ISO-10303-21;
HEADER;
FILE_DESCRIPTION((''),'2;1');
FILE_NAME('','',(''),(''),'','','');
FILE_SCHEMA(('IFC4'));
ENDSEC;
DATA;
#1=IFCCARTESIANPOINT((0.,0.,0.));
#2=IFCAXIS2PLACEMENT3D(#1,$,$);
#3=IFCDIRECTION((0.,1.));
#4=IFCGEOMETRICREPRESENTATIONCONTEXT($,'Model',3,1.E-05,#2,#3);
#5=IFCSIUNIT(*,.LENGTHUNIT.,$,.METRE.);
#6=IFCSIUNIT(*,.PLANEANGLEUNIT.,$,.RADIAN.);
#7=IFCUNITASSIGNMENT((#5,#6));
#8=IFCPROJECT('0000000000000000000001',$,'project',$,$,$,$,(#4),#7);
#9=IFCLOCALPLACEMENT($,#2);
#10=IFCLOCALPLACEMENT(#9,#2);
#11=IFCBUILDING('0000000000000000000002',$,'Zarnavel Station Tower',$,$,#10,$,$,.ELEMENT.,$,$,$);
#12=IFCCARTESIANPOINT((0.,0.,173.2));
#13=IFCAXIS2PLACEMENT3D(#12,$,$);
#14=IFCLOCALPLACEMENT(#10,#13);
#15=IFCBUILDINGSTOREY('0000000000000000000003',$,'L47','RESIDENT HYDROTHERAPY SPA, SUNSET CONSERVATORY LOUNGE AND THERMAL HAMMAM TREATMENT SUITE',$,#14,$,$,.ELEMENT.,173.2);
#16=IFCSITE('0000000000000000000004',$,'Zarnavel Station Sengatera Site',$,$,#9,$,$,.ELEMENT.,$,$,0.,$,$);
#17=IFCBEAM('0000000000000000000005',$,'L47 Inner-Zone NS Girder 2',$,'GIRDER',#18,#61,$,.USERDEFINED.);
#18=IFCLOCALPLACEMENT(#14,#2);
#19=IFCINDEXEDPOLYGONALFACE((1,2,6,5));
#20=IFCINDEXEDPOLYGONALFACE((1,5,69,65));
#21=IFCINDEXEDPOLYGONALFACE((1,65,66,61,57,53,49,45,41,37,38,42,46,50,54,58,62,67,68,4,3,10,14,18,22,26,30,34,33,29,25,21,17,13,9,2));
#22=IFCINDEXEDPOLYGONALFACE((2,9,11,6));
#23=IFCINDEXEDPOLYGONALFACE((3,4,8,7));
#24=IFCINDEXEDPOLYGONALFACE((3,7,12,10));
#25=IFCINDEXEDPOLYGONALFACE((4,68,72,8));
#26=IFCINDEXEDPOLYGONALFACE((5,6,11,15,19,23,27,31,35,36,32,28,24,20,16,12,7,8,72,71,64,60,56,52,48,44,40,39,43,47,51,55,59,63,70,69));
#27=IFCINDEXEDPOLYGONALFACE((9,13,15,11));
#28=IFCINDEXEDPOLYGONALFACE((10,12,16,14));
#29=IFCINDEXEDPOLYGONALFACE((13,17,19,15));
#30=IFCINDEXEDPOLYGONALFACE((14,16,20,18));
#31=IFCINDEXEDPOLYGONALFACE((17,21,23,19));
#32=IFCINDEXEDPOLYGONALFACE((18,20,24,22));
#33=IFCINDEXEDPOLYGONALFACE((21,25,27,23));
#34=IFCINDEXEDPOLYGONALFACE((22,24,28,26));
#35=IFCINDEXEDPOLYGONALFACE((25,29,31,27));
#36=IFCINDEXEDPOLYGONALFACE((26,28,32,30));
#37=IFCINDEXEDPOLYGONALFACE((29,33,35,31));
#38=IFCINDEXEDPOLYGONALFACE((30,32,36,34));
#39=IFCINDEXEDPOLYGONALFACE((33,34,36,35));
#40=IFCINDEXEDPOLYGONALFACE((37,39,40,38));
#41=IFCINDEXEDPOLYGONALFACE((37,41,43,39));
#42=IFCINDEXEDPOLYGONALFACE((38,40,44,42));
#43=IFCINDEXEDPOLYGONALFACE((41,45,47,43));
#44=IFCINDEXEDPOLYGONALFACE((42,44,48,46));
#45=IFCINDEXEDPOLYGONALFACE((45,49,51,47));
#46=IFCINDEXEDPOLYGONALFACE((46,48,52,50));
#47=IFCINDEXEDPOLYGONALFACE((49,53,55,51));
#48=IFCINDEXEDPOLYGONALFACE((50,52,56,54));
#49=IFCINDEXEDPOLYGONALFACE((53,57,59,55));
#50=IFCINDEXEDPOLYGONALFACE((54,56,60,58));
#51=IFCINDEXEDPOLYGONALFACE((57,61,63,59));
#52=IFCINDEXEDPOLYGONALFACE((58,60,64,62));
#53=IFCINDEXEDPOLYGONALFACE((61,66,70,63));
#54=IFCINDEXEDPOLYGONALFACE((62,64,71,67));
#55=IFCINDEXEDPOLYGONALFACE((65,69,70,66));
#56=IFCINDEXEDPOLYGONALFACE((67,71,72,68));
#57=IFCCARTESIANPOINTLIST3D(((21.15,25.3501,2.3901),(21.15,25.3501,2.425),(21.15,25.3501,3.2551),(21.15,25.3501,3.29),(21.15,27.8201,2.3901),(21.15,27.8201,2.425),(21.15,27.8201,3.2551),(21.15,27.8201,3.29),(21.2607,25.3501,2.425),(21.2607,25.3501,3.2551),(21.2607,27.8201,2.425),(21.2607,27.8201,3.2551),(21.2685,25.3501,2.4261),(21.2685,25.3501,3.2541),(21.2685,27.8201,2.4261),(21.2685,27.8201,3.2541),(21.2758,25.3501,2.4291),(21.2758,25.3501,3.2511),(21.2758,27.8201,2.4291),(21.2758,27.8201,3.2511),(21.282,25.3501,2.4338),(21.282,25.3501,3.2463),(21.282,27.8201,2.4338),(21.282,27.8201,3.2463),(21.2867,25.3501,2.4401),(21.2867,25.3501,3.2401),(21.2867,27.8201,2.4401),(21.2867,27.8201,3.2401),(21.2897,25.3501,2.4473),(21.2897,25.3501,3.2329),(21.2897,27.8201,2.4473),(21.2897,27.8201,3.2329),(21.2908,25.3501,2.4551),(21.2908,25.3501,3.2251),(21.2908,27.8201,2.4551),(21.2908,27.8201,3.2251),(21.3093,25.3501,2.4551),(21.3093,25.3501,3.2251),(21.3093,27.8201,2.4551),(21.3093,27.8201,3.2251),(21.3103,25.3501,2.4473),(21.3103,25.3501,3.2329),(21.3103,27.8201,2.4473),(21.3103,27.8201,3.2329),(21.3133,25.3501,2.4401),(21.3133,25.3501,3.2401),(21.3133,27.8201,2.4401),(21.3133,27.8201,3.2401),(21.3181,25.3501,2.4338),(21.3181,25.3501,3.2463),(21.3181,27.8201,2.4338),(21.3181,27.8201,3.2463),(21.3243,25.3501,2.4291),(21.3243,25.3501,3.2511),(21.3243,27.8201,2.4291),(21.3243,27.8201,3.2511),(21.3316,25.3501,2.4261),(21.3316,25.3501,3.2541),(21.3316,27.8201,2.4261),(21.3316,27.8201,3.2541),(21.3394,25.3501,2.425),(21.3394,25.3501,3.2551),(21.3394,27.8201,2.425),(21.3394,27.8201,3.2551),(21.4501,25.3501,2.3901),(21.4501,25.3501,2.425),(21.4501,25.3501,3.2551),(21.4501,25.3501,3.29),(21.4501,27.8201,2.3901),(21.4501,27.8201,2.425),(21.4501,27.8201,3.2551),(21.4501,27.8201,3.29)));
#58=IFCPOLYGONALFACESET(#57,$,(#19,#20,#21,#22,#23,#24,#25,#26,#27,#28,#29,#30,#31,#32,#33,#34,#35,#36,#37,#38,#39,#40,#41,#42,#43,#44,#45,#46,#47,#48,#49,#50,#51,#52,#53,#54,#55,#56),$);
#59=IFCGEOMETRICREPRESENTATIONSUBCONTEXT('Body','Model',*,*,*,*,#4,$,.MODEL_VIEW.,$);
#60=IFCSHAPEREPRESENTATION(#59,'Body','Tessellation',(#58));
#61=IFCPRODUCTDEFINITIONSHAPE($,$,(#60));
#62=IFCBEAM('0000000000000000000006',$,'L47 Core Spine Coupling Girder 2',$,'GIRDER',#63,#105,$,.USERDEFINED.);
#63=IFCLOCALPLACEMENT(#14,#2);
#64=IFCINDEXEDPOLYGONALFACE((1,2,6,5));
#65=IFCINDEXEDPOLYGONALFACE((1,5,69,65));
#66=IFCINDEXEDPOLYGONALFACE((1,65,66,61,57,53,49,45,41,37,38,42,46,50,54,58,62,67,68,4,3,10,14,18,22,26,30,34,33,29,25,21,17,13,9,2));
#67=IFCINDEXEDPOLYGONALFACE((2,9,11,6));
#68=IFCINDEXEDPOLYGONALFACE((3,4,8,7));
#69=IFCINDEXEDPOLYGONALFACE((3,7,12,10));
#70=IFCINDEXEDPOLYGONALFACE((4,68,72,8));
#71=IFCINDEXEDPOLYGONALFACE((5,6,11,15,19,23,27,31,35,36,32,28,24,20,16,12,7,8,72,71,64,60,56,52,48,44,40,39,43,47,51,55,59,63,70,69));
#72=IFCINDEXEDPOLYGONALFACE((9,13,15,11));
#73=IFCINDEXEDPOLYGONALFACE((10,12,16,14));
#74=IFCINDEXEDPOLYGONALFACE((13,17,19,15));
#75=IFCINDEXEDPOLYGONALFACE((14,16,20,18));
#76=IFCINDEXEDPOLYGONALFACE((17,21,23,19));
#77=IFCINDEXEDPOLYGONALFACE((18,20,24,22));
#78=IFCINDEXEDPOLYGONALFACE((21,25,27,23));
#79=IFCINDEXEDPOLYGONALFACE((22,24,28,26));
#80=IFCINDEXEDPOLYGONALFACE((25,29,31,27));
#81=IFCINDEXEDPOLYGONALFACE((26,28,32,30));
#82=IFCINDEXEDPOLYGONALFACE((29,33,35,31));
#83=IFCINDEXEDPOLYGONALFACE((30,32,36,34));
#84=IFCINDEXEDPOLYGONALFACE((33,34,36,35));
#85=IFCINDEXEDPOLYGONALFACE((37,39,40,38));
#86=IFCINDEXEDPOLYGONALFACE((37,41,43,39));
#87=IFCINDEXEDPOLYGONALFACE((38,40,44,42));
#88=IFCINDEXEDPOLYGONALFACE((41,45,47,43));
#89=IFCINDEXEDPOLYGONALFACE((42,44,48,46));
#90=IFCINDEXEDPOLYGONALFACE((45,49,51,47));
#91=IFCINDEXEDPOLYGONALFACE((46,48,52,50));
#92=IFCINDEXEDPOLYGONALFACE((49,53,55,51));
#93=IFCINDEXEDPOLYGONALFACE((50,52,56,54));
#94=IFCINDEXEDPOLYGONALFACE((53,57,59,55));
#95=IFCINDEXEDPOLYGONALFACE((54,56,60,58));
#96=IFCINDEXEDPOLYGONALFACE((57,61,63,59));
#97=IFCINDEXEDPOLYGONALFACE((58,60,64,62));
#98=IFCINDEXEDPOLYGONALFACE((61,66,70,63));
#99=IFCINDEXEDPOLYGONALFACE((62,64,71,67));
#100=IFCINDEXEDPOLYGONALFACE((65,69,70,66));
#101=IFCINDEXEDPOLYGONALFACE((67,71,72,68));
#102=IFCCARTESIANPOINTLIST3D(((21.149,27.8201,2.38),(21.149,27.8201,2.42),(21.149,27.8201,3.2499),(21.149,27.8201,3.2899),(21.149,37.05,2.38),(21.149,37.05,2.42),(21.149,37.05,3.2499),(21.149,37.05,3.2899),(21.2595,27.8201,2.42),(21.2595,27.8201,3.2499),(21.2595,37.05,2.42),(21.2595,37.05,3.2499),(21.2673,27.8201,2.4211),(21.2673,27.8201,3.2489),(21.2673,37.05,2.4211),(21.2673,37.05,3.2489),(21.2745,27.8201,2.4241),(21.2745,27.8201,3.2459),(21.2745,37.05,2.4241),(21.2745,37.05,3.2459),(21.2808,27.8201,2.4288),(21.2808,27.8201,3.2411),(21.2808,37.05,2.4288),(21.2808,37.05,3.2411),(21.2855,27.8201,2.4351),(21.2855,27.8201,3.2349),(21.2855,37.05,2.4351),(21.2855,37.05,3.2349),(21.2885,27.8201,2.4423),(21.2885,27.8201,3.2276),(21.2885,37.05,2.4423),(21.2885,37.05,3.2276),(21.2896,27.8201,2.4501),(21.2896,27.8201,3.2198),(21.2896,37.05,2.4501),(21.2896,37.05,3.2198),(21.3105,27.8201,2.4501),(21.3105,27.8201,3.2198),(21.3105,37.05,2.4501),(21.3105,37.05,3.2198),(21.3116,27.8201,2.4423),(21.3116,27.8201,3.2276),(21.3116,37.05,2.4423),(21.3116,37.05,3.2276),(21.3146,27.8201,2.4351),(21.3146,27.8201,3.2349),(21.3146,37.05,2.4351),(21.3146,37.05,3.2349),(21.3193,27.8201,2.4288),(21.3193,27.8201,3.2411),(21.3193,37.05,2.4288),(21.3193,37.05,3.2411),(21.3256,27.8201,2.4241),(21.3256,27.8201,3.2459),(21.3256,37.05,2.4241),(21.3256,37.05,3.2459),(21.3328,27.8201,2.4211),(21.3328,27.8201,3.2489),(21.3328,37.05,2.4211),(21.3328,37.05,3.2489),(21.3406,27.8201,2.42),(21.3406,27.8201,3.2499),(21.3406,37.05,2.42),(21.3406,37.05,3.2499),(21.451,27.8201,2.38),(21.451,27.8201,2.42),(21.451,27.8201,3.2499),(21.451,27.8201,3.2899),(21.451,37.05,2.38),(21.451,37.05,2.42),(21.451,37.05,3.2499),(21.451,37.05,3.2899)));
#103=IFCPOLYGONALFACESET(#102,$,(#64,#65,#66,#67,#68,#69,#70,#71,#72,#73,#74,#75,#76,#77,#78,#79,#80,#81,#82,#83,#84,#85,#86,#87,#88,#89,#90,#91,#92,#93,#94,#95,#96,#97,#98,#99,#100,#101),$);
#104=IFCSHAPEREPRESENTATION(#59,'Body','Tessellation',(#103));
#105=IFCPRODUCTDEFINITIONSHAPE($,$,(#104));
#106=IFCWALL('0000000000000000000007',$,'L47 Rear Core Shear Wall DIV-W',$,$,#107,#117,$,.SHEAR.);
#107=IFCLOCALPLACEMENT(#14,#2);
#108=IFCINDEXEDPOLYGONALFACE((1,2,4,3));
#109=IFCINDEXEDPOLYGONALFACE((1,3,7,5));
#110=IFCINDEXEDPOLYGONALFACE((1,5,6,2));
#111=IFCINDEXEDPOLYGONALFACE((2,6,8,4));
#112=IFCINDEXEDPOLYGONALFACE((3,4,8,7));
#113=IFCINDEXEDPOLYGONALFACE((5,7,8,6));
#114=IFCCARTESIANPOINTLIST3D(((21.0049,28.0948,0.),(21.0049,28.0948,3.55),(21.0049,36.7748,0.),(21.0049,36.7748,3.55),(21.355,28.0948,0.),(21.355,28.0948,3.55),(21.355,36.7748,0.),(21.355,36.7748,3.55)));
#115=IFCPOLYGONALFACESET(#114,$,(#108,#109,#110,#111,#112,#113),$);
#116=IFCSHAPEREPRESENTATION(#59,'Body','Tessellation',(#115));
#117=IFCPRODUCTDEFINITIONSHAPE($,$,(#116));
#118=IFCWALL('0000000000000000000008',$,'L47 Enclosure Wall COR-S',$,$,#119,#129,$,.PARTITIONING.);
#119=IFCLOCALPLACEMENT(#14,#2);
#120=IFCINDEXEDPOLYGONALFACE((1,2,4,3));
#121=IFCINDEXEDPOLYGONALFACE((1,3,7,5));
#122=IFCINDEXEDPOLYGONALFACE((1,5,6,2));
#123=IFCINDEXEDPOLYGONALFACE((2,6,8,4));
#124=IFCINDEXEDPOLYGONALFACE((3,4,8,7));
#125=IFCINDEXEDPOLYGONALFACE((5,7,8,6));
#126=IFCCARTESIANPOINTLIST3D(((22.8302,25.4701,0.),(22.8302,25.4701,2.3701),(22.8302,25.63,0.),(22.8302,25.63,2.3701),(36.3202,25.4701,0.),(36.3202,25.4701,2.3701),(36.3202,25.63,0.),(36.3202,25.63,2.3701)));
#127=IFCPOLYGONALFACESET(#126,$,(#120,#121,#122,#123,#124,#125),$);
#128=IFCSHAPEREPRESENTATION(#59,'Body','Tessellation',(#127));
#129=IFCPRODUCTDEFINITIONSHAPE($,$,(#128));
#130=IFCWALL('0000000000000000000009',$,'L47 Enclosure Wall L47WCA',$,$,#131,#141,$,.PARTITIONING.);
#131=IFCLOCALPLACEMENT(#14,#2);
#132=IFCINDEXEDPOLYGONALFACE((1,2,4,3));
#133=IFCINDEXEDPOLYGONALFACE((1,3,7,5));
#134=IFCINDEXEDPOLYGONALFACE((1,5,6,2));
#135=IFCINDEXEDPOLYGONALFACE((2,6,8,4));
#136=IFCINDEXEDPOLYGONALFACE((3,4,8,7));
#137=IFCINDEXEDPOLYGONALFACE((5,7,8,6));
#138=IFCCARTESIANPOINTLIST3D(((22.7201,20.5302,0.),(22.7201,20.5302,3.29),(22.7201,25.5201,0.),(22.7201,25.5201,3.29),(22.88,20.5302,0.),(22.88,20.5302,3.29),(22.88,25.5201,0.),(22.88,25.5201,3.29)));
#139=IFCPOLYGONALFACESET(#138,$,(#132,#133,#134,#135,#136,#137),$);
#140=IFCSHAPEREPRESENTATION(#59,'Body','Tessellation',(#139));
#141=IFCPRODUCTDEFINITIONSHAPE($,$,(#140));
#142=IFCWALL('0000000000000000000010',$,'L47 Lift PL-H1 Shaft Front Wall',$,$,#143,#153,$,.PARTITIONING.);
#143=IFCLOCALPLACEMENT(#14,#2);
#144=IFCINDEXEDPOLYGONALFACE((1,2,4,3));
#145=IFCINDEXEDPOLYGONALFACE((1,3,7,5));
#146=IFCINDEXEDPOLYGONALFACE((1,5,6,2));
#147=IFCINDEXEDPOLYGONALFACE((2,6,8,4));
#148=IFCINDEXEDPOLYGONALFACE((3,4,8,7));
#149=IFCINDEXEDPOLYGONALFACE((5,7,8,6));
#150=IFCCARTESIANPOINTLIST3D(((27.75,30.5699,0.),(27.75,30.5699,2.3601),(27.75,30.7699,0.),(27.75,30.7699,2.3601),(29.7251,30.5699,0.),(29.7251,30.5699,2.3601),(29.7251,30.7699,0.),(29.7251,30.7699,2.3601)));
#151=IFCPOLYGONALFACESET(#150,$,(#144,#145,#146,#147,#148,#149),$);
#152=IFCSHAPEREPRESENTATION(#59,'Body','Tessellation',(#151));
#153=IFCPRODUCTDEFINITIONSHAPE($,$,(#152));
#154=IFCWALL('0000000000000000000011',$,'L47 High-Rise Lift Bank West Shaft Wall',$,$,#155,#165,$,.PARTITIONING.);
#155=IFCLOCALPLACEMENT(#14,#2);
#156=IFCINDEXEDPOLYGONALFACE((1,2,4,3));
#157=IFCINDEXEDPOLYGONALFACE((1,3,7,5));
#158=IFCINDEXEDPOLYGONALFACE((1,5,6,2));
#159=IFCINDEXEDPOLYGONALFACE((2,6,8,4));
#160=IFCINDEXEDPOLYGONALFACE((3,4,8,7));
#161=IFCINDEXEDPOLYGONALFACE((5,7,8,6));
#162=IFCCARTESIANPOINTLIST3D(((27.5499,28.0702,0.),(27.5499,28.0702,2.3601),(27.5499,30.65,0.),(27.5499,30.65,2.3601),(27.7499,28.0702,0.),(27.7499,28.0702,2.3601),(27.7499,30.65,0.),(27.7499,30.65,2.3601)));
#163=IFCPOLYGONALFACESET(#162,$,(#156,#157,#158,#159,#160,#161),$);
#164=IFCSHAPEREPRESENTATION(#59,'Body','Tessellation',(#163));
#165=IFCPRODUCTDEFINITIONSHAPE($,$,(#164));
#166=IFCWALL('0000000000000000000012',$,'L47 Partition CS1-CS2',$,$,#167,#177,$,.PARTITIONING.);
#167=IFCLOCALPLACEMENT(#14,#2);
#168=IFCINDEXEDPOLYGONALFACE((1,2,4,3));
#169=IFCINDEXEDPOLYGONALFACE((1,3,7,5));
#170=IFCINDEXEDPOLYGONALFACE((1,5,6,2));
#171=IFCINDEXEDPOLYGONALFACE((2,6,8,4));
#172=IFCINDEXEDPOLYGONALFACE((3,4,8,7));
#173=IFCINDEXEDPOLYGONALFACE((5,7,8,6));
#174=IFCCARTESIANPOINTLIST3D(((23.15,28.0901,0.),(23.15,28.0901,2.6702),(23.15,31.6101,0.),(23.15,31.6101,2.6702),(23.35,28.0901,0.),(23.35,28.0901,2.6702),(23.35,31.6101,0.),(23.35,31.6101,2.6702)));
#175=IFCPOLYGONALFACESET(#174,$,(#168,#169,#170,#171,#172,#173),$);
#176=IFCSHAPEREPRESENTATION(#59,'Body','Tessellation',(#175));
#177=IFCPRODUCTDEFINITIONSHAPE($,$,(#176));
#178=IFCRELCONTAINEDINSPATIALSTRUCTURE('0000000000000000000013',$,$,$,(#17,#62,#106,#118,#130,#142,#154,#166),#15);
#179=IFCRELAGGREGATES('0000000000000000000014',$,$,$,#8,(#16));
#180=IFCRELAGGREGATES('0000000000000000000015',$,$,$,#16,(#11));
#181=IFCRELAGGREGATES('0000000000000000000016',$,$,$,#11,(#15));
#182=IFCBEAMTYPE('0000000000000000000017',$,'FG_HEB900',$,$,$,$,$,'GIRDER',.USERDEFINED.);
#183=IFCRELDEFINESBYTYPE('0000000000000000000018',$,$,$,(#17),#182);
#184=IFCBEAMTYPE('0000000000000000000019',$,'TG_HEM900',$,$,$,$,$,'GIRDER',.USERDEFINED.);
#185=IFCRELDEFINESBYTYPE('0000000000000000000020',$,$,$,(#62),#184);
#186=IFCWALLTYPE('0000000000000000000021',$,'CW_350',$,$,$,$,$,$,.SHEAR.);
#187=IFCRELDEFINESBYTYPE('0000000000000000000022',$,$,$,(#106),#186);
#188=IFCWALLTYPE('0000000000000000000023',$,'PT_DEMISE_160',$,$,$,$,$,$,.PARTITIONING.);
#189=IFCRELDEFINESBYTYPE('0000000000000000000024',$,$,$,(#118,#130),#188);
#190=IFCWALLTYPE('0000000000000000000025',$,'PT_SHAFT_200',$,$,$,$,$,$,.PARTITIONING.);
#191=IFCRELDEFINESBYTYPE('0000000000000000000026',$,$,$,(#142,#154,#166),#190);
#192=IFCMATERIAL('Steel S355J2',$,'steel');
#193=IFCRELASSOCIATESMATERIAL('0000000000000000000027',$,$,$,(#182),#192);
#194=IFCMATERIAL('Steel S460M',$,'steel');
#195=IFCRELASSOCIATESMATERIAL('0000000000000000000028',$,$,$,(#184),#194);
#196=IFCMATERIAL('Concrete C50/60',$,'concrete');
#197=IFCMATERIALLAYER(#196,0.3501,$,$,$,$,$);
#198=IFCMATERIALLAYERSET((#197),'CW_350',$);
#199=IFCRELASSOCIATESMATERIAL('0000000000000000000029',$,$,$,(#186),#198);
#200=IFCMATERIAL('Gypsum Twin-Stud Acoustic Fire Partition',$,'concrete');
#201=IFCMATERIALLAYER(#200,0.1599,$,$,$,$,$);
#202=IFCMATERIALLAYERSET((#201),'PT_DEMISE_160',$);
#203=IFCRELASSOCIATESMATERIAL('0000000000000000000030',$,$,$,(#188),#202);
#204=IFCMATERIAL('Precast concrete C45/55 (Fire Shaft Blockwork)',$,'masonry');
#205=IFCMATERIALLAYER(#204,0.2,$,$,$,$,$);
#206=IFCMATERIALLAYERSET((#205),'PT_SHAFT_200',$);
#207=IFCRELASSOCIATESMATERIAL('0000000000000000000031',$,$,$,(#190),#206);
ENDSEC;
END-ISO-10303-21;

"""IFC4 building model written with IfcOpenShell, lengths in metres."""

from ifc_helpers import new_model, si_unit, direction, frame, frame_2d, origin, origin_2d, place, context, subcontext, project, spatial, rectangle, i_section, extrude, material, layer, layer_set, material_profile, profile_set, type_object, element, save


model = new_model("IFC4")

# Units and contexts
model_context = context("Model", 3, precision=1e-05, world=origin(), true_north=direction((0.0, 1.0)))
body_context = subcontext(model_context, "Body", "Model", "MODEL_VIEW")
ifc_project = project(units=[si_unit("LENGTHUNIT", "METRE"), si_unit("PLANEANGLEUNIT", "RADIAN")], contexts=[model_context])

# Site, building, storey
site_placement = place(None, origin())
site = spatial("IfcSite", under=ifc_project, at=site_placement, Name="Zarnavel Station Sengatera Site", CompositionType="ELEMENT", RefElevation=0.0)
building_placement = place(site_placement, origin())
building = spatial("IfcBuilding", under=site, at=building_placement, Name="Zarnavel Station Tower", CompositionType="ELEMENT")
storey_placement = place(building_placement, frame((0.0, 0.0, 173.2)))
storey = spatial("IfcBuildingStorey", under=building, at=storey_placement, Name="L47", Description="RESIDENT HYDROTHERAPY SPA, SUNSET CONSERVATORY LOUNGE AND THERMAL HAMMAM TREATMENT SUITE", CompositionType="ELEMENT", Elevation=173.2)

# Beams
ifc_material_1 = material(Name="Steel S355J2", Category="steel")
ifc_material_profile_1 = material_profile(ifc_material_1, i_section(OverallWidth=0.3, OverallDepth=0.8999, WebThickness=0.0186, FlangeThickness=0.0349, FilletRadius=0.03, at=origin_2d()), Name="HEB900")
ifc_profile_set_1 = profile_set([ifc_material_profile_1], Name="Steel S355J2")
beam_type_1 = type_object("IfcBeamType", Name="FG_HEB900", ElementType="GIRDER", PredefinedType="USERDEFINED", material=ifc_profile_set_1)
beam_1_placement = place(storey_placement, frame((21.3, 25.3501, 2.8401), z_axis=(0.0, 1.0, 0.0), x_axis=(-1.0, 0.0, 0.0)))
element("IfcBeam", 1, at=beam_1_placement, inside=storey, type_object=beam_type_1, Name="L47 Inner-Zone NS Girder 2", ObjectType="GIRDER", PredefinedType="USERDEFINED", context=body_context, shape_type="SweptSolid", body=[
    extrude(i_section(OverallWidth=0.3, OverallDepth=0.8999, WebThickness=0.0186, FlangeThickness=0.0349, FilletRadius=0.03, at=origin_2d()), origin(), (0.0, 0.0, 1.0), 2.47),
])
ifc_material_2 = material(Name="Steel S460M", Category="steel")
ifc_material_profile_2 = material_profile(ifc_material_2, i_section(OverallWidth=0.302, OverallDepth=0.9099, WebThickness=0.021, FlangeThickness=0.04, FilletRadius=0.03, at=origin_2d()), Name="HEM900")
ifc_profile_set_2 = profile_set([ifc_material_profile_2], Name="Steel S460M")
beam_type_2 = type_object("IfcBeamType", Name="TG_HEM900", ElementType="GIRDER", PredefinedType="USERDEFINED", material=ifc_profile_set_2)
beam_2_placement = place(storey_placement, frame((21.3, 27.8201, 2.835), z_axis=(0.0, 1.0, 0.0), x_axis=(-1.0, 0.0, 0.0)))
element("IfcBeam", 2, at=beam_2_placement, inside=storey, type_object=beam_type_2, Name="L47 Core Spine Coupling Girder 2", ObjectType="GIRDER", PredefinedType="USERDEFINED", context=body_context, shape_type="SweptSolid", body=[
    extrude(i_section(OverallWidth=0.302, OverallDepth=0.9099, WebThickness=0.021, FlangeThickness=0.04, FilletRadius=0.03, at=origin_2d()), origin(), (0.0, 0.0, 1.0), 9.23),
])

# Wall
ifc_material_3 = material(Name="Concrete C50/60", Category="concrete")
ifc_layer_1 = layer(ifc_material_3, 0.3501)
ifc_layer_set_1 = layer_set([ifc_layer_1], Name="CW_350")
wall_type_1 = type_object("IfcWallType", Name="CW_350", PredefinedType="SHEAR", material=ifc_layer_set_1)
wall_1_placement = place(storey_placement, frame((21.1799, 28.095, 0.0), z_axis=(0.0, 0.0, 1.0), x_axis=(0.0, 1.0, 0.0)))
element("IfcWall", 3, at=wall_1_placement, inside=storey, type_object=wall_type_1, Name="L47 Rear Core Shear Wall DIV-W", PredefinedType="SHEAR", context=body_context, shape_type="SweptSolid", body=[
    extrude(rectangle(XDim=8.6799, YDim=0.3501, at=frame_2d((4.3398, 0.0))), origin(), (0.0, 0.0, 1.0), 3.55),
])

# Walls
ifc_material_4 = material(Name="Gypsum Twin-Stud Acoustic Fire Partition", Category="concrete")
ifc_layer_2 = layer(ifc_material_4, 0.1599)
ifc_layer_set_2 = layer_set([ifc_layer_2], Name="PT_DEMISE_160")
wall_type_2 = type_object("IfcWallType", Name="PT_DEMISE_160", PredefinedType="PARTITIONING", material=ifc_layer_set_2)
wall_2_placement = place(storey_placement, frame((22.8301, 25.55, 0.0), z_axis=(0.0, 0.0, 1.0), x_axis=(1.0, 0.0, 0.0)))
element("IfcWall", 4, at=wall_2_placement, inside=storey, type_object=wall_type_2, Name="L47 Enclosure Wall COR-S", PredefinedType="PARTITIONING", context=body_context, shape_type="SweptSolid", body=[
    extrude(rectangle(XDim=13.49, YDim=0.1599, at=frame_2d((6.7451, 0.0))), origin(), (0.0, 0.0, 1.0), 2.3701),
])
wall_3_placement = place(storey_placement, frame((22.8, 20.53, 0.0), z_axis=(0.0, 0.0, 1.0), x_axis=(0.0, 1.0, 0.0)))
element("IfcWall", 5, at=wall_3_placement, inside=storey, type_object=wall_type_2, Name="L47 Enclosure Wall L47WCA", PredefinedType="PARTITIONING", context=body_context, shape_type="SweptSolid", body=[
    extrude(rectangle(XDim=4.99, YDim=0.1599, at=frame_2d((2.4951, 0.0))), origin(), (0.0, 0.0, 1.0), 3.29),
])
ifc_material_5 = material(Name="Precast concrete C45/55 (Fire Shaft Blockwork)", Category="masonry")
ifc_layer_3 = layer(ifc_material_5, 0.2)
ifc_layer_set_3 = layer_set([ifc_layer_3], Name="PT_SHAFT_200")
wall_type_3 = type_object("IfcWallType", Name="PT_SHAFT_200", PredefinedType="PARTITIONING", material=ifc_layer_set_3)
wall_4_placement = place(storey_placement, frame((27.75, 30.6699, 0.0), z_axis=(0.0, 0.0, 1.0), x_axis=(1.0, 0.0, 0.0)))
element("IfcWall", 6, at=wall_4_placement, inside=storey, type_object=wall_type_3, Name="L47 Lift PL-H1 Shaft Front Wall", PredefinedType="PARTITIONING", context=body_context, shape_type="SweptSolid", body=[
    extrude(rectangle(XDim=1.9751, YDim=0.2, at=frame_2d((0.9875, 0.0))), origin(), (0.0, 0.0, 1.0), 2.3601),
])
wall_5_placement = place(storey_placement, frame((27.6499, 28.0701, 0.0), z_axis=(0.0, 0.0, 1.0), x_axis=(0.0, 1.0, 0.0)))
element("IfcWall", 7, at=wall_5_placement, inside=storey, type_object=wall_type_3, Name="L47 High-Rise Lift Bank West Shaft Wall", PredefinedType="PARTITIONING", context=body_context, shape_type="SweptSolid", body=[
    extrude(rectangle(XDim=2.5798, YDim=0.2, at=frame_2d((1.29, 0.0))), origin(), (0.0, 0.0, 1.0), 2.3601),
])

# Wall
wall_6_placement = place(storey_placement, frame((23.25, 28.0901, 0.0), z_axis=(0.0, 0.0, 1.0), x_axis=(0.0, 1.0, 0.0)))
element("IfcWall", 8, at=wall_6_placement, inside=storey, type_object=wall_type_3, Name="L47 Partition CS1-CS2", PredefinedType="PARTITIONING", context=body_context, shape_type="SweptSolid", body=[
    extrude(rectangle(XDim=3.52, YDim=0.2, at=frame_2d((1.76, 0.0))), origin(), (0.0, 0.0, 1.0), 2.6702),
])

save(model, "model.ifc")
